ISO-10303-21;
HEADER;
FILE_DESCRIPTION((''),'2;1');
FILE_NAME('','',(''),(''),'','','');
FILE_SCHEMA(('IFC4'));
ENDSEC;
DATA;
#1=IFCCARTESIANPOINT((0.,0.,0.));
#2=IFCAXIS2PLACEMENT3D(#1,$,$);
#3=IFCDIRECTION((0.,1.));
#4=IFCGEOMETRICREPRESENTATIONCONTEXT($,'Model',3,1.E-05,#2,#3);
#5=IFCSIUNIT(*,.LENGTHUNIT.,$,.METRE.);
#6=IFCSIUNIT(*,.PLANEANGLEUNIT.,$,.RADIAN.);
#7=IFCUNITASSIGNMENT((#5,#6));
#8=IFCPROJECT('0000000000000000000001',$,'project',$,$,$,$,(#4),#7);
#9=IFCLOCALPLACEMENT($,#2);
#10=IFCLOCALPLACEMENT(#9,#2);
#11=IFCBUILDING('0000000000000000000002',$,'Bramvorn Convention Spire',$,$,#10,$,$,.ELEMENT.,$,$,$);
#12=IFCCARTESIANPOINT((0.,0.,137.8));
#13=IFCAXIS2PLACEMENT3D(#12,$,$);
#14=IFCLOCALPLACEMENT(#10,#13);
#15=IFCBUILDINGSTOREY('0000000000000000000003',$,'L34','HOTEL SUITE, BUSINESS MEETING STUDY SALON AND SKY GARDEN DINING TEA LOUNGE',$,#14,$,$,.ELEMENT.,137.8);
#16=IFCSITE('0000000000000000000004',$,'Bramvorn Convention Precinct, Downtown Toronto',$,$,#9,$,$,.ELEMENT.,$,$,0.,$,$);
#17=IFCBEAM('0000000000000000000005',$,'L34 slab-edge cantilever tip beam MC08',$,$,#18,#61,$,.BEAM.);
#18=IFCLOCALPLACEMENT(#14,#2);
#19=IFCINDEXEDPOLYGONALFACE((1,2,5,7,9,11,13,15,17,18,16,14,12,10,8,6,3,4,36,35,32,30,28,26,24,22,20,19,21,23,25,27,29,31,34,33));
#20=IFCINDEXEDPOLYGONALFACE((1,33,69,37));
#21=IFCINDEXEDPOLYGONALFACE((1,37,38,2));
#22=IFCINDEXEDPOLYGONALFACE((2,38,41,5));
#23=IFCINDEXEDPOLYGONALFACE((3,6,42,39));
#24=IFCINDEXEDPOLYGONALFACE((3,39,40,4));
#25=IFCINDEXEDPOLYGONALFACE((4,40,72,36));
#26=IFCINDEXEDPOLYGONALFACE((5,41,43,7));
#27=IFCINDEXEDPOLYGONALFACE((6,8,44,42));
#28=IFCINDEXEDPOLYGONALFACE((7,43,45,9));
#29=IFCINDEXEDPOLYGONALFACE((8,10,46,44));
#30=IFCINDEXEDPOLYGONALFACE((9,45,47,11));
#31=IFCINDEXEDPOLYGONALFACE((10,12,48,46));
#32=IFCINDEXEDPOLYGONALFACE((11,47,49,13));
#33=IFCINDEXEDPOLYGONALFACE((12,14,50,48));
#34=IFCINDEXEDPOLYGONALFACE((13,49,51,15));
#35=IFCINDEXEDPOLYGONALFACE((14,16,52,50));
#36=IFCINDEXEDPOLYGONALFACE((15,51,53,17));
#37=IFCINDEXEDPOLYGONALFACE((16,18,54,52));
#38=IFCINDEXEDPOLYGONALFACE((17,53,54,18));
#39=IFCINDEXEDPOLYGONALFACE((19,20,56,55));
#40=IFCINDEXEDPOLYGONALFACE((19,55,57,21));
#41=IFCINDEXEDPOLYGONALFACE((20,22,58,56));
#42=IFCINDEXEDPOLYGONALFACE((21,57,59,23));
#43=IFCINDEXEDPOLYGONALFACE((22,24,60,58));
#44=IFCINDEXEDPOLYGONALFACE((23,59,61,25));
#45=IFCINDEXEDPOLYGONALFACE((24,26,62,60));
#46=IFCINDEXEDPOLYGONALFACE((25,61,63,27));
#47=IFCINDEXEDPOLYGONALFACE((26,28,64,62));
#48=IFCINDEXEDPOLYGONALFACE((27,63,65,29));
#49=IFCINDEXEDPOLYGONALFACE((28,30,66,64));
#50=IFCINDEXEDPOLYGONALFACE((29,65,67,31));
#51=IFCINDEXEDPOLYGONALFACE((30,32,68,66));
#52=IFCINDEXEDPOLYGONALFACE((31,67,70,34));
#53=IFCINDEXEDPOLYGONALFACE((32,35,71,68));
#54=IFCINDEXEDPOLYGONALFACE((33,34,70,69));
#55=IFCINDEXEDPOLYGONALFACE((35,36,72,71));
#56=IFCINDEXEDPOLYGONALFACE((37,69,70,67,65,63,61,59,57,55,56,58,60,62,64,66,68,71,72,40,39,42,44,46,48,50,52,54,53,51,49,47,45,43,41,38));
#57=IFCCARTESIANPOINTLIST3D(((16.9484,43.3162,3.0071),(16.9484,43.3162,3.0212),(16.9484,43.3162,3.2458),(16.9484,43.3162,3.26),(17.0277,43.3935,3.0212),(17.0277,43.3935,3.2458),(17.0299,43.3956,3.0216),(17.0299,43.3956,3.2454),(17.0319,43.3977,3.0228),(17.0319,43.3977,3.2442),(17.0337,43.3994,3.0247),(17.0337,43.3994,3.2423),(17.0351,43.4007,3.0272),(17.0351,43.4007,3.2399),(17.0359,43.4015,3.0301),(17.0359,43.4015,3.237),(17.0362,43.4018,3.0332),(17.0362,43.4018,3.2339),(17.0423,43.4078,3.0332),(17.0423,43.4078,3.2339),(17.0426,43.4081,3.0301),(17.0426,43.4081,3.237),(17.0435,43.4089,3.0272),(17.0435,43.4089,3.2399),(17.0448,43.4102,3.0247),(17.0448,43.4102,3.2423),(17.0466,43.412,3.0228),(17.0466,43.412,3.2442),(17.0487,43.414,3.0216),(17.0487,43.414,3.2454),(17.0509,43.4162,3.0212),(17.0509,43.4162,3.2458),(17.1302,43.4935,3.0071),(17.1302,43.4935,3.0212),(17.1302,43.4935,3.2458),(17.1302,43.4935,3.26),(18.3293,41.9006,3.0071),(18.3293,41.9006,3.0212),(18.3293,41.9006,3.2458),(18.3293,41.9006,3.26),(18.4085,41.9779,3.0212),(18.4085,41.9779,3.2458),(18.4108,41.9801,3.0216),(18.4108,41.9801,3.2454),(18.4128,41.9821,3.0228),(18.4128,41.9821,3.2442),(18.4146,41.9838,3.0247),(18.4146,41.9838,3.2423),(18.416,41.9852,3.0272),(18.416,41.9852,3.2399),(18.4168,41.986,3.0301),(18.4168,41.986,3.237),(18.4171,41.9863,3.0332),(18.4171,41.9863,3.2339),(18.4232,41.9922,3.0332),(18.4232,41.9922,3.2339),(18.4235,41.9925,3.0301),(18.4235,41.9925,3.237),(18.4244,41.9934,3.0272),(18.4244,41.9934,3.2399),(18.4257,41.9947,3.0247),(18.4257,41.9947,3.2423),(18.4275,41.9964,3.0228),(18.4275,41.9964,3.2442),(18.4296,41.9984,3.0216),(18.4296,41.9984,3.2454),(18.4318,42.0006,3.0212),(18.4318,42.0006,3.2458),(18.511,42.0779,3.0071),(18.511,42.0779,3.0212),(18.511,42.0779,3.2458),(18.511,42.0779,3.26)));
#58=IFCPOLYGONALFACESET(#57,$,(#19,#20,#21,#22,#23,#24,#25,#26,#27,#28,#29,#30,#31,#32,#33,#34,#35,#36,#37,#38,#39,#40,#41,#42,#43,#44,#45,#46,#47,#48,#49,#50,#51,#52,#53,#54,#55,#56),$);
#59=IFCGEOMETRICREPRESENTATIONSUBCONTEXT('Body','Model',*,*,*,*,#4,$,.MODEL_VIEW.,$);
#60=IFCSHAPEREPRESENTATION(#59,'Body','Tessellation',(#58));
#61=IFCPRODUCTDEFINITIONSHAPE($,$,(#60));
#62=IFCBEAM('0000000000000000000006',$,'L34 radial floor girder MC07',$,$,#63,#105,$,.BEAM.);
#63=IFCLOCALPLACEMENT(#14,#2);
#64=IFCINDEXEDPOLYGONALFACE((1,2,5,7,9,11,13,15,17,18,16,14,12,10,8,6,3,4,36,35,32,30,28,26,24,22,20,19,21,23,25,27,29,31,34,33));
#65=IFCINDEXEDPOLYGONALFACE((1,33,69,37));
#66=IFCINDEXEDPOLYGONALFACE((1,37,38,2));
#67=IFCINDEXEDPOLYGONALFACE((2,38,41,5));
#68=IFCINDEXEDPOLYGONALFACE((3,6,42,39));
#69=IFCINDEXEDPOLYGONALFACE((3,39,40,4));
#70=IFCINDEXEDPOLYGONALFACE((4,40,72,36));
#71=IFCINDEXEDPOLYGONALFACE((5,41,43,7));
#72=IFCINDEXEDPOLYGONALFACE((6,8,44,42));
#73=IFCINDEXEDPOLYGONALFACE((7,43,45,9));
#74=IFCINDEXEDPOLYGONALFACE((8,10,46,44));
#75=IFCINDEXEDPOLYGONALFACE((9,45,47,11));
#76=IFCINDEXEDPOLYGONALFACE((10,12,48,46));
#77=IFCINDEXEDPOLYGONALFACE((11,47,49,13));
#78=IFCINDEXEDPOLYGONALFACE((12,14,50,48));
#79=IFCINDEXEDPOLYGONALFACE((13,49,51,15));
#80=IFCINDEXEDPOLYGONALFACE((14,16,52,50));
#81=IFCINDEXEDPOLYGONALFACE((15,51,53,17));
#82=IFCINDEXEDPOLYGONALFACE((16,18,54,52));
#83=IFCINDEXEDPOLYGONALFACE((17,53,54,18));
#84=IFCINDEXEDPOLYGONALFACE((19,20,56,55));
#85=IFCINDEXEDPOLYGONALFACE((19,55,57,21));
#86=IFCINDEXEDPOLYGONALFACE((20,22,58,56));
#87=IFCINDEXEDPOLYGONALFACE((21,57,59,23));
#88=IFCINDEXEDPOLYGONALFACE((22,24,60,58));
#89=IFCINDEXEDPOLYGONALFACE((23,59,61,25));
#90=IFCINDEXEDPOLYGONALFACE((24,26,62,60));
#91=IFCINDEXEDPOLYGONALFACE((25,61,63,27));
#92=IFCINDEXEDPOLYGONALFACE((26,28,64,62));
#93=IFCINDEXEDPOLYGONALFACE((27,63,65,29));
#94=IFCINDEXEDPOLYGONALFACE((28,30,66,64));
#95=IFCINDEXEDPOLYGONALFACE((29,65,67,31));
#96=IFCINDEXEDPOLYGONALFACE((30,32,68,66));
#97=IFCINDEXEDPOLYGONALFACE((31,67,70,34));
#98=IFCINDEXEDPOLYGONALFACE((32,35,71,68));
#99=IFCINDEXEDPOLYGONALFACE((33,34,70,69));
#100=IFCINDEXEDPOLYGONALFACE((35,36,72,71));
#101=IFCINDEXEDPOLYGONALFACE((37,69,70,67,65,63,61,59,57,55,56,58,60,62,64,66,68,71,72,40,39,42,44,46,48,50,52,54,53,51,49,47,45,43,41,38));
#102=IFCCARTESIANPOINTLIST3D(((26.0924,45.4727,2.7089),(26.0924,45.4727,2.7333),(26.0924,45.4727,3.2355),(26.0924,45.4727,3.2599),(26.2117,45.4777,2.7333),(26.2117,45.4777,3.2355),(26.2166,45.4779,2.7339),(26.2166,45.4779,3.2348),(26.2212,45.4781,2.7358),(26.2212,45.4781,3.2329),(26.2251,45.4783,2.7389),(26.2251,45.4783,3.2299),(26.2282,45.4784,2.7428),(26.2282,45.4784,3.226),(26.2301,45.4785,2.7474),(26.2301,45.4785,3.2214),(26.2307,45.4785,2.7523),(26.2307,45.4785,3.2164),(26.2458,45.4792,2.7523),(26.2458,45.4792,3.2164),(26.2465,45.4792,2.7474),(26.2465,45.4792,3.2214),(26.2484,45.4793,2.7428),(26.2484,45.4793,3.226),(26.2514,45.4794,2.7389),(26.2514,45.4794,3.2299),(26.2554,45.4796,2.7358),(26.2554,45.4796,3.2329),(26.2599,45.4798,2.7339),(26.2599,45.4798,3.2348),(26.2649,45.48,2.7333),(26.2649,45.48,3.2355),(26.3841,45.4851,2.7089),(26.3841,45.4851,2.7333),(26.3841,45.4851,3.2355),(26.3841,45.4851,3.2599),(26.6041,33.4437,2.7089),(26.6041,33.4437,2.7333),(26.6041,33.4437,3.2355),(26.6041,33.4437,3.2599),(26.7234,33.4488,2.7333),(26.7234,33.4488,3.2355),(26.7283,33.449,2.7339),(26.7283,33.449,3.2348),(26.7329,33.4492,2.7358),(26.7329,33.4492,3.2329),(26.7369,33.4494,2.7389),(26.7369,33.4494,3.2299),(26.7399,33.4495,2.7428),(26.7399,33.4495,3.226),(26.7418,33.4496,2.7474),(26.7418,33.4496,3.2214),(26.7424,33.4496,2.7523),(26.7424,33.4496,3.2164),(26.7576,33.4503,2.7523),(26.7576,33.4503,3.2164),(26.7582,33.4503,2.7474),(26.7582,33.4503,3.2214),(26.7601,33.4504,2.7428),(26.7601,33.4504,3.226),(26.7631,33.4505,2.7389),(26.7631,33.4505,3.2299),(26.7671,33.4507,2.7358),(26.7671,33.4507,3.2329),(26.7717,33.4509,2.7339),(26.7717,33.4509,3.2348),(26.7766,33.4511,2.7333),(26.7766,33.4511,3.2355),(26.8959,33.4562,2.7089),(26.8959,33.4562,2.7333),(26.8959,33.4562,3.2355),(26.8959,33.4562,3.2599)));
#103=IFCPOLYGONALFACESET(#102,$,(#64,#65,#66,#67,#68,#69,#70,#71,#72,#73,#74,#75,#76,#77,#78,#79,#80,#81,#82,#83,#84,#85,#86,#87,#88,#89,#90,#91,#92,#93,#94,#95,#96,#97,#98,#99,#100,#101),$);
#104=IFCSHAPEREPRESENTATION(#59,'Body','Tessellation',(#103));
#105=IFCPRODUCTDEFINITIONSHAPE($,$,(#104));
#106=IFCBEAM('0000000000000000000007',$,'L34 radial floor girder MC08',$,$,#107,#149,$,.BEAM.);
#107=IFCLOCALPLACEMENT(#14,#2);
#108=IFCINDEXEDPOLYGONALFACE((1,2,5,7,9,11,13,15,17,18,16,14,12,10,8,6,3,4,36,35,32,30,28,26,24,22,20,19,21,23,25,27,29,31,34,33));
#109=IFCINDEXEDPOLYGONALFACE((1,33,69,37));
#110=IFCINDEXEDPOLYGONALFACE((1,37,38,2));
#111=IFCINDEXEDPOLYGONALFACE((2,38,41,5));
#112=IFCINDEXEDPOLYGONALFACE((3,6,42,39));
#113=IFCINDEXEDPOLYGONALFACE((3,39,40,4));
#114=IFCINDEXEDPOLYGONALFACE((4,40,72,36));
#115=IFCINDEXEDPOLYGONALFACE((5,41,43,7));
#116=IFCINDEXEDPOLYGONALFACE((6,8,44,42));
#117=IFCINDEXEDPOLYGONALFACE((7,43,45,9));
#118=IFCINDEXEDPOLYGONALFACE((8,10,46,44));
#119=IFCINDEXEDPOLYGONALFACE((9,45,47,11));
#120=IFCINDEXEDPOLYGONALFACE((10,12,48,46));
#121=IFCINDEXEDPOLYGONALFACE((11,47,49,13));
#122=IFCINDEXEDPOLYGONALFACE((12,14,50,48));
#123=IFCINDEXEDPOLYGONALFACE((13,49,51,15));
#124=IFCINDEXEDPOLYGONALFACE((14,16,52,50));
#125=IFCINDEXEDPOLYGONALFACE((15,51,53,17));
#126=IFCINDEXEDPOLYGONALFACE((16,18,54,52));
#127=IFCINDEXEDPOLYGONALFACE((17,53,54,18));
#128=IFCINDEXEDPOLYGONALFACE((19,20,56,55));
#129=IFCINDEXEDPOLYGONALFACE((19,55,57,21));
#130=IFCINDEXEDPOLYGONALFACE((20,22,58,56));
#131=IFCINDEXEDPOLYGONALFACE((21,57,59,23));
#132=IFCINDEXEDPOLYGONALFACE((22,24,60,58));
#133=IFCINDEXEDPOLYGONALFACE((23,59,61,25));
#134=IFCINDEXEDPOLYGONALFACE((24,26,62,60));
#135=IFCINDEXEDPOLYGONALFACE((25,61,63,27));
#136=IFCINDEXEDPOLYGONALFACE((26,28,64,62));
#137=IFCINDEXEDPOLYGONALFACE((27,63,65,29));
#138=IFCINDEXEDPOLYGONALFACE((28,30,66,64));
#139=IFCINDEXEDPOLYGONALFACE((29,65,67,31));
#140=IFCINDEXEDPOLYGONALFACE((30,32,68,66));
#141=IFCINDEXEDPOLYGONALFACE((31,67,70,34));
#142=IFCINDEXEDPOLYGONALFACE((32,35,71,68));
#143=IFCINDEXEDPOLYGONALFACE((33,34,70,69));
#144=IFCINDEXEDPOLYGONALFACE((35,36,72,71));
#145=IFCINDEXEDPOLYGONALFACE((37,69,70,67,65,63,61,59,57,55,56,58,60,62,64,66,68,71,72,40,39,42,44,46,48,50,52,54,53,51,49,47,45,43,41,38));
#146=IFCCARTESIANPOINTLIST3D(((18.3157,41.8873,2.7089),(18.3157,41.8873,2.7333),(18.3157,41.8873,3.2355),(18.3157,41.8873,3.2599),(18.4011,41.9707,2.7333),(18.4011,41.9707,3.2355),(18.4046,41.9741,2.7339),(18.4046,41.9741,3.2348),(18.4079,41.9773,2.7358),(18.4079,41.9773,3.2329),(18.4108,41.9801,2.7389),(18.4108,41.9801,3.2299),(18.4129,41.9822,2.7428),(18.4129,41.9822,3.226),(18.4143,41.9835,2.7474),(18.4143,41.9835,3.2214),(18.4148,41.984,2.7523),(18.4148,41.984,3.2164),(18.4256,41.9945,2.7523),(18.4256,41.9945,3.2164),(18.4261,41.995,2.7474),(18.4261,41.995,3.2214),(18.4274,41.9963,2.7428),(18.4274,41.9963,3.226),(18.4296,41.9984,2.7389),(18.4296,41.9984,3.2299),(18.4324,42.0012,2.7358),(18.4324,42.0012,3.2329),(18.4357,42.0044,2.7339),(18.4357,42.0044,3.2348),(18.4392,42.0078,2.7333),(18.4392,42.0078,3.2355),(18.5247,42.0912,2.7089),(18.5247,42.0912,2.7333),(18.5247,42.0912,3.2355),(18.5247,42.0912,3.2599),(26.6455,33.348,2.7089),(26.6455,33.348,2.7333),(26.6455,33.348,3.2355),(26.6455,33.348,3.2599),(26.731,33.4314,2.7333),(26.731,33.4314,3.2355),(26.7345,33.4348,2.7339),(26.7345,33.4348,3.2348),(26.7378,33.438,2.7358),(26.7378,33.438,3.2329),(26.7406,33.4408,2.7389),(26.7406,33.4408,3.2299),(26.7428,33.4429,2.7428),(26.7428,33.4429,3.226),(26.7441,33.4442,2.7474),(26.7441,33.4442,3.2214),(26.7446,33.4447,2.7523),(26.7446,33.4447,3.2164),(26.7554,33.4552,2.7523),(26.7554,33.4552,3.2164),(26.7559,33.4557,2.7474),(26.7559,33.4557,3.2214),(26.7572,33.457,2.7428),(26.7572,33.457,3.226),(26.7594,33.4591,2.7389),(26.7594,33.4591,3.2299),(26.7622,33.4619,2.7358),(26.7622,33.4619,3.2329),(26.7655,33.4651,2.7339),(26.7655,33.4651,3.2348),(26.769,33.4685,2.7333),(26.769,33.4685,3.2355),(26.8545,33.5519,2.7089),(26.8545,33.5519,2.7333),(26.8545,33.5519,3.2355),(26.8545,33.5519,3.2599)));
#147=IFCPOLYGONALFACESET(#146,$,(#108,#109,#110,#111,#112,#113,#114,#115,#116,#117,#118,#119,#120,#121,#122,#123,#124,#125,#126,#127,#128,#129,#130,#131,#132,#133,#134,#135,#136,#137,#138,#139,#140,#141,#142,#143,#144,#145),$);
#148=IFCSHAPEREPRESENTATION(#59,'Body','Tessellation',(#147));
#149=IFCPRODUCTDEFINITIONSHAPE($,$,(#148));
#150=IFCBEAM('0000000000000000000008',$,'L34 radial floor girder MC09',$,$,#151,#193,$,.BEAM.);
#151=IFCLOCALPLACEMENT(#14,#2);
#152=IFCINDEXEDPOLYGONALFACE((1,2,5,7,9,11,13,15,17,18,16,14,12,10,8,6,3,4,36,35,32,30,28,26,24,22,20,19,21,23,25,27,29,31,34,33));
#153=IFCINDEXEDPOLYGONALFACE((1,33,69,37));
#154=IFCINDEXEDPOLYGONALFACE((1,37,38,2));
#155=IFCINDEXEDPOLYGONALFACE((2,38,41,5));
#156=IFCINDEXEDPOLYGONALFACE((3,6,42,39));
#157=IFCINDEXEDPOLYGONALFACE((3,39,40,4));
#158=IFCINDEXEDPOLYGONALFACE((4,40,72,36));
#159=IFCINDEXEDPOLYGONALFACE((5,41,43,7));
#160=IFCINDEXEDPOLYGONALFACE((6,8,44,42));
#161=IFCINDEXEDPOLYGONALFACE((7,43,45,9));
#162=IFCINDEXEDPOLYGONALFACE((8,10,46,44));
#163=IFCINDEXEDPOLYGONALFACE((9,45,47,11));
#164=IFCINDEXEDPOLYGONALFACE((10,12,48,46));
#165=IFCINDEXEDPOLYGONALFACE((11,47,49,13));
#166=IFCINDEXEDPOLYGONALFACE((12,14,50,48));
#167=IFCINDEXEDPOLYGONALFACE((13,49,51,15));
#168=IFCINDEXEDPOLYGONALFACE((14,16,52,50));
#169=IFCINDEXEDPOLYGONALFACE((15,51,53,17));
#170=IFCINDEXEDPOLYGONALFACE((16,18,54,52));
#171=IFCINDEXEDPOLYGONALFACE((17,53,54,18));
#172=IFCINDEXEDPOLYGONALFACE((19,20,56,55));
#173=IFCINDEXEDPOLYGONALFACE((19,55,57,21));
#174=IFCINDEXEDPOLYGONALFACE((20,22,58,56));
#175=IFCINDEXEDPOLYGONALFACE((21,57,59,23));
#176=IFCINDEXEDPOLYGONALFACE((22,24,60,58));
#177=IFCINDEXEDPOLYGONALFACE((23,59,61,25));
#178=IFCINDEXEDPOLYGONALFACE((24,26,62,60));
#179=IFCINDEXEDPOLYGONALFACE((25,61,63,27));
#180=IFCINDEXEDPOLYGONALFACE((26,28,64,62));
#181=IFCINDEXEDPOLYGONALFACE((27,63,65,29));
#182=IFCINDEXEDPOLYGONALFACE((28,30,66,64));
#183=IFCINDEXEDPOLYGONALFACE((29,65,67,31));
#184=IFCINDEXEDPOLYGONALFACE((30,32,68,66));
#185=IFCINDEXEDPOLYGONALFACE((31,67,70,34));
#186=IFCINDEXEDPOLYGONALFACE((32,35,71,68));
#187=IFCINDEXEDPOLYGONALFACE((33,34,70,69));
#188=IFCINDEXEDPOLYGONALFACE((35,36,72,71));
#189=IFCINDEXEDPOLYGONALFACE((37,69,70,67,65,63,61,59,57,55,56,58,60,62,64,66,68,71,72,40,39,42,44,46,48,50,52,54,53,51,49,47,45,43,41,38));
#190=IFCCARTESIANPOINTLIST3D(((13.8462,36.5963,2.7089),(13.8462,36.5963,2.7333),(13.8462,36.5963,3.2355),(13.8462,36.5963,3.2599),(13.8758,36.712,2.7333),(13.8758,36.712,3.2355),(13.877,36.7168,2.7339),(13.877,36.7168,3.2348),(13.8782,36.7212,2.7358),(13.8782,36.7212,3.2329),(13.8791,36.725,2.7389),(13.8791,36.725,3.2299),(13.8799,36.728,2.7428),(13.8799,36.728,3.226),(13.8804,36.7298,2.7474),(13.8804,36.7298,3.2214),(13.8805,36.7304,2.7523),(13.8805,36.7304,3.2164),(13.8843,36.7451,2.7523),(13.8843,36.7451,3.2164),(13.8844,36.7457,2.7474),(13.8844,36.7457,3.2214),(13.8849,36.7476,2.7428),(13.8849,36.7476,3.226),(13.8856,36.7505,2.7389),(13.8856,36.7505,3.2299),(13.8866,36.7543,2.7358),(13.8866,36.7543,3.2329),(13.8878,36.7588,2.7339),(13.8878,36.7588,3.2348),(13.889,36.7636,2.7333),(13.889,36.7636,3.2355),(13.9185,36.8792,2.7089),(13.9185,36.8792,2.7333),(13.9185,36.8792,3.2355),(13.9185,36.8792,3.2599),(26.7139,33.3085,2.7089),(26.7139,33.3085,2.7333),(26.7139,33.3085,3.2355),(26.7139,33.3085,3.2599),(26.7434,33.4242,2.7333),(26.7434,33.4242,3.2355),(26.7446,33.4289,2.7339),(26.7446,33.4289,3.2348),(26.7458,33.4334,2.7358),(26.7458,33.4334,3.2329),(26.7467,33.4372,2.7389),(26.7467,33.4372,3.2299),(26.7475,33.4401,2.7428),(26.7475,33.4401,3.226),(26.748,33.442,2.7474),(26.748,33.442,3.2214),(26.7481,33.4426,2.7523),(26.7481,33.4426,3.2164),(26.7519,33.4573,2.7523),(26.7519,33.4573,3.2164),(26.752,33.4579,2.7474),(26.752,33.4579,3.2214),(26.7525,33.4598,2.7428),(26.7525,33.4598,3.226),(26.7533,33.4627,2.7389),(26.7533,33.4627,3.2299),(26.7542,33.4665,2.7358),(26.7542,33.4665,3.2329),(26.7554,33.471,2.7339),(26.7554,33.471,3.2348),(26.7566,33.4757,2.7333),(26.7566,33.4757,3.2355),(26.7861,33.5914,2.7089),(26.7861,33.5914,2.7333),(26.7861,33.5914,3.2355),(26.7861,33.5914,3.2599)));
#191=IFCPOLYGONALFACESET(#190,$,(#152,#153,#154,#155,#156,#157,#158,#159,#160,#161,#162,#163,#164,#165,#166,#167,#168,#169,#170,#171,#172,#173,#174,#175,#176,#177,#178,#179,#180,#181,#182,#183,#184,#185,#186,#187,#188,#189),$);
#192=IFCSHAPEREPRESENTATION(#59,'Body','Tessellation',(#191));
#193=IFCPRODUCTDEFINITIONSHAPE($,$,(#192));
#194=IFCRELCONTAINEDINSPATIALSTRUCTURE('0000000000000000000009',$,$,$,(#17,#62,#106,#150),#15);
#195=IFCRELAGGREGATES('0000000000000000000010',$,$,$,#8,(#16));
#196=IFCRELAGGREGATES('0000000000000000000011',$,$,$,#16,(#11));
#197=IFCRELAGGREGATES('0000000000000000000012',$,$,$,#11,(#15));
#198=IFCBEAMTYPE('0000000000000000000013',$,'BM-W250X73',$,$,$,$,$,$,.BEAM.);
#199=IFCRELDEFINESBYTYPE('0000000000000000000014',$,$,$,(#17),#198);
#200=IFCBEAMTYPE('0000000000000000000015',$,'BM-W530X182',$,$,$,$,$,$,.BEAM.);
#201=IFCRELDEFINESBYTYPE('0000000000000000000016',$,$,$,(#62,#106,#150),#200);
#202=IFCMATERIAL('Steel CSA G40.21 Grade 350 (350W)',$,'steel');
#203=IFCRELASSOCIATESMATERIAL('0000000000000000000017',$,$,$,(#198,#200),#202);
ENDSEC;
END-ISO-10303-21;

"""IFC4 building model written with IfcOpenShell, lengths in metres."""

from ifc_helpers import new_model, si_unit, direction, frame, origin, origin_2d, place, context, subcontext, project, spatial, i_section, extrude, material, material_profile, profile_set, type_object, element, save


model = new_model("IFC4")

# Units and contexts
model_context = context("Model", 3, precision=1e-05, world=origin(), true_north=direction((0.0, 1.0)))
body_context = subcontext(model_context, "Body", "Model", "MODEL_VIEW")
ifc_project = project(units=[si_unit("LENGTHUNIT", "METRE"), si_unit("PLANEANGLEUNIT", "RADIAN")], contexts=[model_context])

# Site, building, storey
site_placement = place(None, origin())
site = spatial("IfcSite", under=ifc_project, at=site_placement, Name="Bramvorn Convention Precinct, Downtown Toronto", CompositionType="ELEMENT", RefElevation=0.0)
building_placement = place(site_placement, origin())
building = spatial("IfcBuilding", under=site, at=building_placement, Name="Bramvorn Convention Spire", CompositionType="ELEMENT")
storey_placement = place(building_placement, frame((0.0, 0.0, 137.8)))
storey = spatial("IfcBuildingStorey", under=building, at=storey_placement, Name="L34", Description="HOTEL SUITE, BUSINESS MEETING STUDY SALON AND SKY GARDEN DINING TEA LOUNGE", CompositionType="ELEMENT", Elevation=137.8)

# Shared definitions
ifc_material_1 = material(Name="Steel CSA G40.21 Grade 350 (350W)", Category="steel")

# Beams
ifc_material_profile_1 = material_profile(ifc_material_1, i_section(OverallWidth=0.2539, OverallDepth=0.2529, WebThickness=0.0085, FlangeThickness=0.0142, FilletRadius=0.012, at=origin_2d()))
ifc_profile_set_1 = profile_set([ifc_material_profile_1], Name="Steel CSA G40.21 Grade 350 (350W) - W250X73")
beam_type_1 = type_object("IfcBeamType", Name="BM-W250X73", PredefinedType="BEAM", material=ifc_profile_set_1)
beam_1_placement = place(storey_placement, frame((18.4202, 41.9893, 3.1335), z_axis=(-0.698287, 0.715818, 0.0), x_axis=(-0.715818, -0.698287, 0.0)))
element("IfcBeam", 1, at=beam_1_placement, inside=storey, type_object=beam_type_1, Name="L34 slab-edge cantilever tip beam MC08", PredefinedType="BEAM", context=body_context, shape_type="SweptSolid", body=[
    extrude(i_section(OverallWidth=0.2539, OverallDepth=0.2529, WebThickness=0.0085, FlangeThickness=0.0142, FilletRadius=0.012, at=origin_2d()), origin(), (0.0, 0.0, 1.0), 1.9775),
])
ifc_material_profile_2 = material_profile(ifc_material_1, i_section(OverallWidth=0.292, OverallDepth=0.551, WebThickness=0.0151, FlangeThickness=0.0244, FilletRadius=0.019, at=origin_2d()))
ifc_profile_set_2 = profile_set([ifc_material_profile_2], Name="Steel CSA G40.21 Grade 350 (350W) - W530X182")
beam_type_2 = type_object("IfcBeamType", Name="BM-W530X182", PredefinedType="BEAM", material=ifc_profile_set_2)
beam_2_placement = place(storey_placement, frame((26.75, 33.45, 2.9844), z_axis=(-0.042503, 0.999096, 0.0), x_axis=(-0.999096, -0.042503, 0.0)))
element("IfcBeam", 2, at=beam_2_placement, inside=storey, type_object=beam_type_2, Name="L34 radial floor girder MC07", PredefinedType="BEAM", context=body_context, shape_type="SweptSolid", body=[
    extrude(i_section(OverallWidth=0.292, OverallDepth=0.551, WebThickness=0.0151, FlangeThickness=0.0244, FilletRadius=0.019, at=origin_2d()), origin(), (0.0, 0.0, 1.0), 12.0398),
])
beam_3_placement = place(storey_placement, frame((26.75, 33.45, 2.9844), z_axis=(-0.698272, 0.715832, 0.0), x_axis=(-0.715832, -0.698272, 0.0)))
element("IfcBeam", 3, at=beam_3_placement, inside=storey, type_object=beam_type_2, Name="L34 radial floor girder MC08", PredefinedType="BEAM", context=body_context, shape_type="SweptSolid", body=[
    extrude(i_section(OverallWidth=0.292, OverallDepth=0.551, WebThickness=0.0151, FlangeThickness=0.0244, FilletRadius=0.019, at=origin_2d()), origin(), (0.0, 0.0, 1.0), 11.9292),
])
beam_4_placement = place(storey_placement, frame((26.75, 33.45, 2.9844), z_axis=(-0.968873, 0.247558, 0.0), x_axis=(-0.247558, -0.968873, 0.0)))
element("IfcBeam", 4, at=beam_4_placement, inside=storey, type_object=beam_type_2, Name="L34 radial floor girder MC09", PredefinedType="BEAM", context=body_context, shape_type="SweptSolid", body=[
    extrude(i_section(OverallWidth=0.292, OverallDepth=0.551, WebThickness=0.0151, FlangeThickness=0.0244, FilletRadius=0.019, at=origin_2d()), origin(), (0.0, 0.0, 1.0), 13.281),
])

save(model, "model.ifc")
